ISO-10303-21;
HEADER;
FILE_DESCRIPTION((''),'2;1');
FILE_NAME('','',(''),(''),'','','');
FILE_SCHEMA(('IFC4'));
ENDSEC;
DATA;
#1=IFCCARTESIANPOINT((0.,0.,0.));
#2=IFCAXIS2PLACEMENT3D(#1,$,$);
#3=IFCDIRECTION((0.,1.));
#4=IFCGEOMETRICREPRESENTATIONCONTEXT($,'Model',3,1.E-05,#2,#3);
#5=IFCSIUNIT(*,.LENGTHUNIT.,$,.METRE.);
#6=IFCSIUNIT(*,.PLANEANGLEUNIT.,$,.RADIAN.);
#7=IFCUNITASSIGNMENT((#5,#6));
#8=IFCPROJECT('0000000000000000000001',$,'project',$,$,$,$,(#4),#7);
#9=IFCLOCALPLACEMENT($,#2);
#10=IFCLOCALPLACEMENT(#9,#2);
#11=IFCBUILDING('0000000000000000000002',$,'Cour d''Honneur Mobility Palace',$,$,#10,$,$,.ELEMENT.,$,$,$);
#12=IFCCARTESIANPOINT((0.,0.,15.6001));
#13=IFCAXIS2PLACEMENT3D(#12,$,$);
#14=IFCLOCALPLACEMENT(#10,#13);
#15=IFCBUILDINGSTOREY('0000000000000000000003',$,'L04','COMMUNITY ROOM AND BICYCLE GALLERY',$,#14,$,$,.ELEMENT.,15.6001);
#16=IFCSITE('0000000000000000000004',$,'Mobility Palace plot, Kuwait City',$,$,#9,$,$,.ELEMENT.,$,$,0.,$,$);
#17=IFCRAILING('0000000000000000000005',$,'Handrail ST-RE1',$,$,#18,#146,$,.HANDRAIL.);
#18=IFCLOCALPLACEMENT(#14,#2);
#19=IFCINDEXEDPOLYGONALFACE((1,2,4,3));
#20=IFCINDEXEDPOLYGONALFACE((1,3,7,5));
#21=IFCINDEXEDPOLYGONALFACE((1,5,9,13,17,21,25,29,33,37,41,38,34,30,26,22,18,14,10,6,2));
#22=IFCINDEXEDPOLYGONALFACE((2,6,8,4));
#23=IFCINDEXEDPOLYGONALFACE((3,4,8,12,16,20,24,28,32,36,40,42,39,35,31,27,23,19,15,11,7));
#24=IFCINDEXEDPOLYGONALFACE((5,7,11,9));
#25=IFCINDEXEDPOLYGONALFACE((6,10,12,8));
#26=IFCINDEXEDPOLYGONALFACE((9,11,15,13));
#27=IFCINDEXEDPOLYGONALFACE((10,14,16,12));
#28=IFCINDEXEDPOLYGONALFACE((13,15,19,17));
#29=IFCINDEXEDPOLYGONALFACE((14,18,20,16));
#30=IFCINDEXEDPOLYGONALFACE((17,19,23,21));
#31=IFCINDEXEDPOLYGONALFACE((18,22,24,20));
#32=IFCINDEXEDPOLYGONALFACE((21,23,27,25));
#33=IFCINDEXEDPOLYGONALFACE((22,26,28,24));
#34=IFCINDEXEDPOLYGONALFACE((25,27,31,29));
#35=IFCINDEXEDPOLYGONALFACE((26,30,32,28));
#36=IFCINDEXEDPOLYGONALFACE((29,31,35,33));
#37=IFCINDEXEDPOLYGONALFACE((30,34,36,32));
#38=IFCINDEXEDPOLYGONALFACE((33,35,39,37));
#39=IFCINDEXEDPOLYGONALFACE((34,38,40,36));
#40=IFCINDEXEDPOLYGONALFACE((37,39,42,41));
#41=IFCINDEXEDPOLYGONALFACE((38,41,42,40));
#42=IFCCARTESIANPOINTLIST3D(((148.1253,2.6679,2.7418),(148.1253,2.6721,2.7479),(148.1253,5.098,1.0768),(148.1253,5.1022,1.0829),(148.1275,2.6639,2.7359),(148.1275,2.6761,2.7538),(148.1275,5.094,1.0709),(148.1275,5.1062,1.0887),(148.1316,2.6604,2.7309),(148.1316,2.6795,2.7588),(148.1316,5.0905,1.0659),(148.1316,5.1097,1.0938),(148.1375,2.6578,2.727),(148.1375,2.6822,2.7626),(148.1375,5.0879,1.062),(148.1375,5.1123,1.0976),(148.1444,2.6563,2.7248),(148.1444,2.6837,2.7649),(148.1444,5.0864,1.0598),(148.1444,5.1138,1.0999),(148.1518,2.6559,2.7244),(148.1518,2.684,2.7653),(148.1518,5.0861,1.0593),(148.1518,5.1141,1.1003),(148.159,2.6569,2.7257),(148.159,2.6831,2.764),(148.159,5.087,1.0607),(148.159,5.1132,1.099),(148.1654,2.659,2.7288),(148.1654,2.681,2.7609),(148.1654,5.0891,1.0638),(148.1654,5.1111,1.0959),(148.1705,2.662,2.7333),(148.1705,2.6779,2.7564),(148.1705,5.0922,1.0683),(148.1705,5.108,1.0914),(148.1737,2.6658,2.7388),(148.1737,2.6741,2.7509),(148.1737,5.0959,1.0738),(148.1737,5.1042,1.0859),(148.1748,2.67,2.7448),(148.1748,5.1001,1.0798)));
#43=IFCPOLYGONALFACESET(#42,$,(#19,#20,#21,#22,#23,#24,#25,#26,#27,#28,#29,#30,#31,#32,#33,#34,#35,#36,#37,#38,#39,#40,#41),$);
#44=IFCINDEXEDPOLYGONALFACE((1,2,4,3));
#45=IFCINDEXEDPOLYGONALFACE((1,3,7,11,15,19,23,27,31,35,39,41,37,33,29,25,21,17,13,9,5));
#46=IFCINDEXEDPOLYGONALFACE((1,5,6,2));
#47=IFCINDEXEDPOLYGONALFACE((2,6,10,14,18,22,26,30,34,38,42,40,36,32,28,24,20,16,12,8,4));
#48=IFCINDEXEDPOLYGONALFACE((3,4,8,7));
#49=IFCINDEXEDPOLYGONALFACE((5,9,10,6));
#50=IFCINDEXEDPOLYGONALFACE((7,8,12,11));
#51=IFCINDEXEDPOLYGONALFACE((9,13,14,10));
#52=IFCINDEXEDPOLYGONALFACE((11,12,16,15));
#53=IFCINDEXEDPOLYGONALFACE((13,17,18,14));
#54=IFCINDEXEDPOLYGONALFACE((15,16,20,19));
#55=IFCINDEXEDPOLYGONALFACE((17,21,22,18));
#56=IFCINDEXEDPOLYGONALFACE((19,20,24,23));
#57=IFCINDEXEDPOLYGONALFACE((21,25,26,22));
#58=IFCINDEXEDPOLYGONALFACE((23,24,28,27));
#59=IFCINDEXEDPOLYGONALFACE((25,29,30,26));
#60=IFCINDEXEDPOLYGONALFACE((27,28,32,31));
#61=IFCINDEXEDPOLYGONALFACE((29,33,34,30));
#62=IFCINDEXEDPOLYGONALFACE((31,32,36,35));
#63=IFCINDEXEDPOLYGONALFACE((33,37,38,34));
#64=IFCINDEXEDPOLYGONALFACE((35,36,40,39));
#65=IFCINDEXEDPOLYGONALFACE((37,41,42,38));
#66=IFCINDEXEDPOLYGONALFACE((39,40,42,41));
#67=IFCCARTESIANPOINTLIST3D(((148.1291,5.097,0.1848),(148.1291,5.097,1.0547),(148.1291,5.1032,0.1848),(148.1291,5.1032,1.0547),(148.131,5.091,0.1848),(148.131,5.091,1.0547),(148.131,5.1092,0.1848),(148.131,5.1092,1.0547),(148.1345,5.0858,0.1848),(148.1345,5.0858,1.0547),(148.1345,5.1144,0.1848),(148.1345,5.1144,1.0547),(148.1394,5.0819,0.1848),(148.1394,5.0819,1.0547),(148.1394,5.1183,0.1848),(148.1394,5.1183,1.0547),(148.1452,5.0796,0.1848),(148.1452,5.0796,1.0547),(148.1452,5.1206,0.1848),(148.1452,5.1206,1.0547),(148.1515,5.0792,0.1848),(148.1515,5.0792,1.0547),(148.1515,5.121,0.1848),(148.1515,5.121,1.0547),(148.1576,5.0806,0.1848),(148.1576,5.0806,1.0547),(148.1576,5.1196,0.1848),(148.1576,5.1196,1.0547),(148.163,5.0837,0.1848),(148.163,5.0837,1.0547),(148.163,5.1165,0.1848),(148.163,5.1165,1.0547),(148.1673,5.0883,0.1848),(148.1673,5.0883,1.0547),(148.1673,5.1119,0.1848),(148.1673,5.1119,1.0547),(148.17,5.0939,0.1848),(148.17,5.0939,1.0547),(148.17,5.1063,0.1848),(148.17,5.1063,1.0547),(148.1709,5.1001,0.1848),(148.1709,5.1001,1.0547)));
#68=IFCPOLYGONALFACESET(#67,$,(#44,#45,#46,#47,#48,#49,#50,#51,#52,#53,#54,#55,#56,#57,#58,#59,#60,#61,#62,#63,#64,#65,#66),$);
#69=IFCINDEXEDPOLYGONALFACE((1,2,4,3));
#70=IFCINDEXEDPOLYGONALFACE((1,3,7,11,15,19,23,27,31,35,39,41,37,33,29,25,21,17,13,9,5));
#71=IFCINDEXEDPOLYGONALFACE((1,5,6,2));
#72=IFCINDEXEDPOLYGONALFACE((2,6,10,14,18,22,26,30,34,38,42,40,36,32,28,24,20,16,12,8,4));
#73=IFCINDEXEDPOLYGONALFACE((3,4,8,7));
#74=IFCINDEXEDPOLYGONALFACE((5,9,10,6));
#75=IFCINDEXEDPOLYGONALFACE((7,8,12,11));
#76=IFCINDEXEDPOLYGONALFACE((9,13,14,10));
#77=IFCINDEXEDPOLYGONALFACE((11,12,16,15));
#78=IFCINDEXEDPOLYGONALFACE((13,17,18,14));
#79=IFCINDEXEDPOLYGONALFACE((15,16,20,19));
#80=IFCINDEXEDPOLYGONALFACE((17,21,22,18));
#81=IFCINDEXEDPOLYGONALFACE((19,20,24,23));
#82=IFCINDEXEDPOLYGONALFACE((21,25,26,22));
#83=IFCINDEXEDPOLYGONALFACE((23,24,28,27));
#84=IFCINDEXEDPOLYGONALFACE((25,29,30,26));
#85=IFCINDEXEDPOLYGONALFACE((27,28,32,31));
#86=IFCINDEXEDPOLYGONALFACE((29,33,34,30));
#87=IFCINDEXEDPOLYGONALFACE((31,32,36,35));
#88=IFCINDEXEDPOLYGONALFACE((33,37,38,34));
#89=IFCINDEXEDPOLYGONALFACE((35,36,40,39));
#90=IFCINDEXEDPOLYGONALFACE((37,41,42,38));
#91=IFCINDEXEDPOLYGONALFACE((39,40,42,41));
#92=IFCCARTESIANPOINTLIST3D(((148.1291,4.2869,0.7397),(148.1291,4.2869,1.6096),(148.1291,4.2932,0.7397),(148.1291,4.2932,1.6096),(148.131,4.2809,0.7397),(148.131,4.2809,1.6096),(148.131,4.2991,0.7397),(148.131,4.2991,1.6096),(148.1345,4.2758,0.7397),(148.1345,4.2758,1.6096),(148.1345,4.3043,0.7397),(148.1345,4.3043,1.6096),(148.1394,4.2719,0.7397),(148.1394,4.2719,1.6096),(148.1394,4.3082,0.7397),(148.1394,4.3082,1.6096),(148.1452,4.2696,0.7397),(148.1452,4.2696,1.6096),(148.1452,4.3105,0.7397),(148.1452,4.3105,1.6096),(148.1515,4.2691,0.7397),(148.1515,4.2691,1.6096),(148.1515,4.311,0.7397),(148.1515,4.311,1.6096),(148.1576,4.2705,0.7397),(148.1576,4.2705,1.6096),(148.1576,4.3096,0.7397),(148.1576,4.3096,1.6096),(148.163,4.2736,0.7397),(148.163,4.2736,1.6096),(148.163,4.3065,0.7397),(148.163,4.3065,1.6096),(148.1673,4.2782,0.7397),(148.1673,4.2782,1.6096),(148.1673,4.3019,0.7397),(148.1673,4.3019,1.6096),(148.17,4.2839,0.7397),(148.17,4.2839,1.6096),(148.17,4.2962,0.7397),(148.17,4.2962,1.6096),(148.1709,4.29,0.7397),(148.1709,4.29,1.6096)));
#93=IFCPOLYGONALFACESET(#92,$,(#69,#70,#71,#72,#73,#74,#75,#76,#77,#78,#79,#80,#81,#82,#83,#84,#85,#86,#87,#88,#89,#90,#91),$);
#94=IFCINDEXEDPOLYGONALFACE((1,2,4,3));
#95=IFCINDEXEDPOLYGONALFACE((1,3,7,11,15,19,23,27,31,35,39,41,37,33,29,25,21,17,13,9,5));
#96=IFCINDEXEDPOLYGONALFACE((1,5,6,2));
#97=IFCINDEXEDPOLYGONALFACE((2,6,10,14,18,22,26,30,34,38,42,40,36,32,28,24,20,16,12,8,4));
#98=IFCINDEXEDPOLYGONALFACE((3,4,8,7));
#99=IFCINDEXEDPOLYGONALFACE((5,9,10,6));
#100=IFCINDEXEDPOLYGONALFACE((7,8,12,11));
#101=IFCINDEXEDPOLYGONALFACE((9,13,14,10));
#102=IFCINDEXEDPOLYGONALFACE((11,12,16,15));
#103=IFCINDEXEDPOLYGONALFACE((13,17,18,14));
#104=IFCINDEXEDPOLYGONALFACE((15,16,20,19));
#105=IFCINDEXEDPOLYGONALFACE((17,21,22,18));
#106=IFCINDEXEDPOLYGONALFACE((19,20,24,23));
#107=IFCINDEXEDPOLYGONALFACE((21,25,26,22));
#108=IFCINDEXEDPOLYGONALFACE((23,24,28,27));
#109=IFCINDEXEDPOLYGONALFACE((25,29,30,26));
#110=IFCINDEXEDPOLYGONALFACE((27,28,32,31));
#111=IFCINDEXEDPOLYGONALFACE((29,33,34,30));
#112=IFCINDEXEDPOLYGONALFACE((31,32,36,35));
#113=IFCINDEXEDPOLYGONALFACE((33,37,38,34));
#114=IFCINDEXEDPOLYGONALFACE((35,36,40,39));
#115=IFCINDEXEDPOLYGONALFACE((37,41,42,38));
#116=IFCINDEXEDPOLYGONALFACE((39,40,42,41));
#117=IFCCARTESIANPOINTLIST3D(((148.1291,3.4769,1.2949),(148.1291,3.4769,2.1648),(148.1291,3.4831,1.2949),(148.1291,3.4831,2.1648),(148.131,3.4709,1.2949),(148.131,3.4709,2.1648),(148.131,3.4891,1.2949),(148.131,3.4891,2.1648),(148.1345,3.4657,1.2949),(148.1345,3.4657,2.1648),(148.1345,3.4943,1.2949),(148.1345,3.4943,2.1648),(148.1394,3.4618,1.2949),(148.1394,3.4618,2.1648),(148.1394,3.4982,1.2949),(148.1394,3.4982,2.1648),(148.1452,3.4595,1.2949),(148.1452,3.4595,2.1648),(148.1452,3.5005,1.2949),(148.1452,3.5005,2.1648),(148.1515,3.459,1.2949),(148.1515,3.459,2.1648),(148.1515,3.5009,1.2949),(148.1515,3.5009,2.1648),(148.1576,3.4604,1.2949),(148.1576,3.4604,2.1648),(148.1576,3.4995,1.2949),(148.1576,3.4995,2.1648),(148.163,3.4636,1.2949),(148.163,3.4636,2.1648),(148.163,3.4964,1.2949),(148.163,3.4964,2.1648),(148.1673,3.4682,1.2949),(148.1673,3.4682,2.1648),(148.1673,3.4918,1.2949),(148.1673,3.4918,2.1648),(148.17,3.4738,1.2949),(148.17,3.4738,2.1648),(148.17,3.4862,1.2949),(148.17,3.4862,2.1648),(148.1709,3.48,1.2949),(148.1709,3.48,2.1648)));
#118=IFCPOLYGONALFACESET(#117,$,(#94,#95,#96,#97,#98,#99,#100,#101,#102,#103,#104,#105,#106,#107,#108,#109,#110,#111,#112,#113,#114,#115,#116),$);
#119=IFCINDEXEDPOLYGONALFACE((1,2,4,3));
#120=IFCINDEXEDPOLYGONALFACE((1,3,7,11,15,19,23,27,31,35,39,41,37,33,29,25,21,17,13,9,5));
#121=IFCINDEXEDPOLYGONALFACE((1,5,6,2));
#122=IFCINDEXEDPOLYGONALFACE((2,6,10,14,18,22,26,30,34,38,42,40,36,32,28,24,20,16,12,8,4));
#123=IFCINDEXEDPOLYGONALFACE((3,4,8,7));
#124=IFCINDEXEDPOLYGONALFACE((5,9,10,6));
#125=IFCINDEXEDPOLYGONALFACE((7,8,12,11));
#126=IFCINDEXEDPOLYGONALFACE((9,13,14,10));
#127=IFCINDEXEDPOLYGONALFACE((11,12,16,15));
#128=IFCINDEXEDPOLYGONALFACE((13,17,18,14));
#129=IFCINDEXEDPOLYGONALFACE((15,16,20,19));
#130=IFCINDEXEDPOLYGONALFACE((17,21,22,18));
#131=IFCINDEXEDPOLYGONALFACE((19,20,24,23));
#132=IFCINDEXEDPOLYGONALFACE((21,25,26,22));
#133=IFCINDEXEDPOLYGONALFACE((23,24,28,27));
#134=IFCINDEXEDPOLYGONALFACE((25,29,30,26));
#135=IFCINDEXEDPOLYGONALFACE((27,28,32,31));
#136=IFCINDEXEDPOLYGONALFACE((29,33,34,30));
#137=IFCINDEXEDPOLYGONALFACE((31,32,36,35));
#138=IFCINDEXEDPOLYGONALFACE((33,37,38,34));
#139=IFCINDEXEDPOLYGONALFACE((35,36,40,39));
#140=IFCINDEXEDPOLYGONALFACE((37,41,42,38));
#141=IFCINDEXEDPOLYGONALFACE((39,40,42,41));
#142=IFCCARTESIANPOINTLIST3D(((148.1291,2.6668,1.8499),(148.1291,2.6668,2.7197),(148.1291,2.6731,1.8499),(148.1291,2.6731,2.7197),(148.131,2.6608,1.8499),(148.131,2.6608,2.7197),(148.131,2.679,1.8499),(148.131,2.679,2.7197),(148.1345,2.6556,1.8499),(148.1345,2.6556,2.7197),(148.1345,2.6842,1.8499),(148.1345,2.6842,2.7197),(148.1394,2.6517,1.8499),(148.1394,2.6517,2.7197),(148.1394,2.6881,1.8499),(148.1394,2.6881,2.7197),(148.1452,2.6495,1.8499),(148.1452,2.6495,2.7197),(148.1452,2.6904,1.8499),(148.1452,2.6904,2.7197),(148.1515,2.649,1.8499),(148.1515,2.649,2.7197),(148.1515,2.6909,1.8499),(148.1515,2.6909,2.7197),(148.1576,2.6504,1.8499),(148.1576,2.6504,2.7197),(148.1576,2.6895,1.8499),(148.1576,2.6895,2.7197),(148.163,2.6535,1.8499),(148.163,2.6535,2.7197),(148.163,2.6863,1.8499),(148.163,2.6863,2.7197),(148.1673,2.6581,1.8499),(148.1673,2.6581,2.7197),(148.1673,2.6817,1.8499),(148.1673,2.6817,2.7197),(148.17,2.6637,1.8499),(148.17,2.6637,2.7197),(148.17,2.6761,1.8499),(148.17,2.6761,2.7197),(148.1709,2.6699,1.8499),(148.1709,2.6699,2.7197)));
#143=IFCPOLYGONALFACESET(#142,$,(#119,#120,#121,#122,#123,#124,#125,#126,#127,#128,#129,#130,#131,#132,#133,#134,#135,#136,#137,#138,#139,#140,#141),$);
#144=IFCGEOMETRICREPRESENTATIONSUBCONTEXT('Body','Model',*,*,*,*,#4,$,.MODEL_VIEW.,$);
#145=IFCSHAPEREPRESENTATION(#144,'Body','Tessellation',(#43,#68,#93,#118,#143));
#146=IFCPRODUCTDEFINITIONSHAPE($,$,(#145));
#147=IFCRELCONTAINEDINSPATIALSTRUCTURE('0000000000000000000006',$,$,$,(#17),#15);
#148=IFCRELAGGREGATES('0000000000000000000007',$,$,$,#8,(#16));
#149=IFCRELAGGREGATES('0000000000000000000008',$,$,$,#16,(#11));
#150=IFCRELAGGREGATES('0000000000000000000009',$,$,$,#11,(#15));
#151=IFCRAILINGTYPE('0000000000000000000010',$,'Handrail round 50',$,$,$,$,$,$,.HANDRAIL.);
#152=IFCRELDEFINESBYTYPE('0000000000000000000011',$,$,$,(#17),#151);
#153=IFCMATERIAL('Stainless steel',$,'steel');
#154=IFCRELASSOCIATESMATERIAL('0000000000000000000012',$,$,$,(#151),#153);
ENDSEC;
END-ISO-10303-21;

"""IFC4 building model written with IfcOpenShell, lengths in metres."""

from ifc_helpers import new_model, si_unit, direction, frame, origin, origin_2d, place, context, subcontext, project, spatial, circle, extrude, material, type_object, element, save


model = new_model("IFC4")

# Units and contexts
model_context = context("Model", 3, precision=1e-05, world=origin(), true_north=direction((0.0, 1.0)))
body_context = subcontext(model_context, "Body", "Model", "MODEL_VIEW")
ifc_project = project(units=[si_unit("LENGTHUNIT", "METRE"), si_unit("PLANEANGLEUNIT", "RADIAN")], contexts=[model_context])

# Site, building, storey
site_placement = place(None, origin())
site = spatial("IfcSite", under=ifc_project, at=site_placement, Name="Mobility Palace plot, Kuwait City", CompositionType="ELEMENT", RefElevation=0.0)
building_placement = place(site_placement, origin())
building = spatial("IfcBuilding", under=site, at=building_placement, Name="Cour d'Honneur Mobility Palace", CompositionType="ELEMENT")
storey_placement = place(building_placement, frame((0.0, 0.0, 15.6001)))
storey = spatial("IfcBuildingStorey", under=building, at=storey_placement, Name="L04", Description="COMMUNITY ROOM AND BICYCLE GALLERY", CompositionType="ELEMENT", Elevation=15.6001)

# Railing
ifc_material_1 = material(Name="Stainless steel", Category="steel")
railing_type_1 = type_object("IfcRailingType", Name="Handrail round 50", PredefinedType="HANDRAIL", material=ifc_material_1)
for number, where, name in (
    (1, (148.1499, 5.1001, 0.1848), "Handrail ST-RE1"),
):
    element("IfcRailing", number, at=place(storey_placement, frame(where)), inside=storey, type_object=railing_type_1, Name=name, PredefinedType="HANDRAIL", context=body_context, shape_type="SweptSolid", body=[
        extrude(circle(Radius=0.0249, at=origin_2d()), frame((0.0, 0.0, 0.895), z_axis=(0.0, -0.824945, 0.565213), x_axis=(1.0, 0.0, 0.0)), (0.0, 0.0, 1.0), 2.9458),
        extrude(circle(Radius=0.021, at=origin_2d()), origin(), (0.0, 0.0, 1.0), 0.8699),
        extrude(circle(Radius=0.021, at=origin_2d()), frame((0.0, -0.8101, 0.5549)), (0.0, 0.0, 1.0), 0.8699),
        extrude(circle(Radius=0.021, at=origin_2d()), frame((0.0, -1.6201, 1.1101)), (0.0, 0.0, 1.0), 0.8699),
        extrude(circle(Radius=0.021, at=origin_2d()), frame((0.0, -2.4302, 1.665)), (0.0, 0.0, 1.0), 0.8699),
    ])

save(model, "model.ifc")
